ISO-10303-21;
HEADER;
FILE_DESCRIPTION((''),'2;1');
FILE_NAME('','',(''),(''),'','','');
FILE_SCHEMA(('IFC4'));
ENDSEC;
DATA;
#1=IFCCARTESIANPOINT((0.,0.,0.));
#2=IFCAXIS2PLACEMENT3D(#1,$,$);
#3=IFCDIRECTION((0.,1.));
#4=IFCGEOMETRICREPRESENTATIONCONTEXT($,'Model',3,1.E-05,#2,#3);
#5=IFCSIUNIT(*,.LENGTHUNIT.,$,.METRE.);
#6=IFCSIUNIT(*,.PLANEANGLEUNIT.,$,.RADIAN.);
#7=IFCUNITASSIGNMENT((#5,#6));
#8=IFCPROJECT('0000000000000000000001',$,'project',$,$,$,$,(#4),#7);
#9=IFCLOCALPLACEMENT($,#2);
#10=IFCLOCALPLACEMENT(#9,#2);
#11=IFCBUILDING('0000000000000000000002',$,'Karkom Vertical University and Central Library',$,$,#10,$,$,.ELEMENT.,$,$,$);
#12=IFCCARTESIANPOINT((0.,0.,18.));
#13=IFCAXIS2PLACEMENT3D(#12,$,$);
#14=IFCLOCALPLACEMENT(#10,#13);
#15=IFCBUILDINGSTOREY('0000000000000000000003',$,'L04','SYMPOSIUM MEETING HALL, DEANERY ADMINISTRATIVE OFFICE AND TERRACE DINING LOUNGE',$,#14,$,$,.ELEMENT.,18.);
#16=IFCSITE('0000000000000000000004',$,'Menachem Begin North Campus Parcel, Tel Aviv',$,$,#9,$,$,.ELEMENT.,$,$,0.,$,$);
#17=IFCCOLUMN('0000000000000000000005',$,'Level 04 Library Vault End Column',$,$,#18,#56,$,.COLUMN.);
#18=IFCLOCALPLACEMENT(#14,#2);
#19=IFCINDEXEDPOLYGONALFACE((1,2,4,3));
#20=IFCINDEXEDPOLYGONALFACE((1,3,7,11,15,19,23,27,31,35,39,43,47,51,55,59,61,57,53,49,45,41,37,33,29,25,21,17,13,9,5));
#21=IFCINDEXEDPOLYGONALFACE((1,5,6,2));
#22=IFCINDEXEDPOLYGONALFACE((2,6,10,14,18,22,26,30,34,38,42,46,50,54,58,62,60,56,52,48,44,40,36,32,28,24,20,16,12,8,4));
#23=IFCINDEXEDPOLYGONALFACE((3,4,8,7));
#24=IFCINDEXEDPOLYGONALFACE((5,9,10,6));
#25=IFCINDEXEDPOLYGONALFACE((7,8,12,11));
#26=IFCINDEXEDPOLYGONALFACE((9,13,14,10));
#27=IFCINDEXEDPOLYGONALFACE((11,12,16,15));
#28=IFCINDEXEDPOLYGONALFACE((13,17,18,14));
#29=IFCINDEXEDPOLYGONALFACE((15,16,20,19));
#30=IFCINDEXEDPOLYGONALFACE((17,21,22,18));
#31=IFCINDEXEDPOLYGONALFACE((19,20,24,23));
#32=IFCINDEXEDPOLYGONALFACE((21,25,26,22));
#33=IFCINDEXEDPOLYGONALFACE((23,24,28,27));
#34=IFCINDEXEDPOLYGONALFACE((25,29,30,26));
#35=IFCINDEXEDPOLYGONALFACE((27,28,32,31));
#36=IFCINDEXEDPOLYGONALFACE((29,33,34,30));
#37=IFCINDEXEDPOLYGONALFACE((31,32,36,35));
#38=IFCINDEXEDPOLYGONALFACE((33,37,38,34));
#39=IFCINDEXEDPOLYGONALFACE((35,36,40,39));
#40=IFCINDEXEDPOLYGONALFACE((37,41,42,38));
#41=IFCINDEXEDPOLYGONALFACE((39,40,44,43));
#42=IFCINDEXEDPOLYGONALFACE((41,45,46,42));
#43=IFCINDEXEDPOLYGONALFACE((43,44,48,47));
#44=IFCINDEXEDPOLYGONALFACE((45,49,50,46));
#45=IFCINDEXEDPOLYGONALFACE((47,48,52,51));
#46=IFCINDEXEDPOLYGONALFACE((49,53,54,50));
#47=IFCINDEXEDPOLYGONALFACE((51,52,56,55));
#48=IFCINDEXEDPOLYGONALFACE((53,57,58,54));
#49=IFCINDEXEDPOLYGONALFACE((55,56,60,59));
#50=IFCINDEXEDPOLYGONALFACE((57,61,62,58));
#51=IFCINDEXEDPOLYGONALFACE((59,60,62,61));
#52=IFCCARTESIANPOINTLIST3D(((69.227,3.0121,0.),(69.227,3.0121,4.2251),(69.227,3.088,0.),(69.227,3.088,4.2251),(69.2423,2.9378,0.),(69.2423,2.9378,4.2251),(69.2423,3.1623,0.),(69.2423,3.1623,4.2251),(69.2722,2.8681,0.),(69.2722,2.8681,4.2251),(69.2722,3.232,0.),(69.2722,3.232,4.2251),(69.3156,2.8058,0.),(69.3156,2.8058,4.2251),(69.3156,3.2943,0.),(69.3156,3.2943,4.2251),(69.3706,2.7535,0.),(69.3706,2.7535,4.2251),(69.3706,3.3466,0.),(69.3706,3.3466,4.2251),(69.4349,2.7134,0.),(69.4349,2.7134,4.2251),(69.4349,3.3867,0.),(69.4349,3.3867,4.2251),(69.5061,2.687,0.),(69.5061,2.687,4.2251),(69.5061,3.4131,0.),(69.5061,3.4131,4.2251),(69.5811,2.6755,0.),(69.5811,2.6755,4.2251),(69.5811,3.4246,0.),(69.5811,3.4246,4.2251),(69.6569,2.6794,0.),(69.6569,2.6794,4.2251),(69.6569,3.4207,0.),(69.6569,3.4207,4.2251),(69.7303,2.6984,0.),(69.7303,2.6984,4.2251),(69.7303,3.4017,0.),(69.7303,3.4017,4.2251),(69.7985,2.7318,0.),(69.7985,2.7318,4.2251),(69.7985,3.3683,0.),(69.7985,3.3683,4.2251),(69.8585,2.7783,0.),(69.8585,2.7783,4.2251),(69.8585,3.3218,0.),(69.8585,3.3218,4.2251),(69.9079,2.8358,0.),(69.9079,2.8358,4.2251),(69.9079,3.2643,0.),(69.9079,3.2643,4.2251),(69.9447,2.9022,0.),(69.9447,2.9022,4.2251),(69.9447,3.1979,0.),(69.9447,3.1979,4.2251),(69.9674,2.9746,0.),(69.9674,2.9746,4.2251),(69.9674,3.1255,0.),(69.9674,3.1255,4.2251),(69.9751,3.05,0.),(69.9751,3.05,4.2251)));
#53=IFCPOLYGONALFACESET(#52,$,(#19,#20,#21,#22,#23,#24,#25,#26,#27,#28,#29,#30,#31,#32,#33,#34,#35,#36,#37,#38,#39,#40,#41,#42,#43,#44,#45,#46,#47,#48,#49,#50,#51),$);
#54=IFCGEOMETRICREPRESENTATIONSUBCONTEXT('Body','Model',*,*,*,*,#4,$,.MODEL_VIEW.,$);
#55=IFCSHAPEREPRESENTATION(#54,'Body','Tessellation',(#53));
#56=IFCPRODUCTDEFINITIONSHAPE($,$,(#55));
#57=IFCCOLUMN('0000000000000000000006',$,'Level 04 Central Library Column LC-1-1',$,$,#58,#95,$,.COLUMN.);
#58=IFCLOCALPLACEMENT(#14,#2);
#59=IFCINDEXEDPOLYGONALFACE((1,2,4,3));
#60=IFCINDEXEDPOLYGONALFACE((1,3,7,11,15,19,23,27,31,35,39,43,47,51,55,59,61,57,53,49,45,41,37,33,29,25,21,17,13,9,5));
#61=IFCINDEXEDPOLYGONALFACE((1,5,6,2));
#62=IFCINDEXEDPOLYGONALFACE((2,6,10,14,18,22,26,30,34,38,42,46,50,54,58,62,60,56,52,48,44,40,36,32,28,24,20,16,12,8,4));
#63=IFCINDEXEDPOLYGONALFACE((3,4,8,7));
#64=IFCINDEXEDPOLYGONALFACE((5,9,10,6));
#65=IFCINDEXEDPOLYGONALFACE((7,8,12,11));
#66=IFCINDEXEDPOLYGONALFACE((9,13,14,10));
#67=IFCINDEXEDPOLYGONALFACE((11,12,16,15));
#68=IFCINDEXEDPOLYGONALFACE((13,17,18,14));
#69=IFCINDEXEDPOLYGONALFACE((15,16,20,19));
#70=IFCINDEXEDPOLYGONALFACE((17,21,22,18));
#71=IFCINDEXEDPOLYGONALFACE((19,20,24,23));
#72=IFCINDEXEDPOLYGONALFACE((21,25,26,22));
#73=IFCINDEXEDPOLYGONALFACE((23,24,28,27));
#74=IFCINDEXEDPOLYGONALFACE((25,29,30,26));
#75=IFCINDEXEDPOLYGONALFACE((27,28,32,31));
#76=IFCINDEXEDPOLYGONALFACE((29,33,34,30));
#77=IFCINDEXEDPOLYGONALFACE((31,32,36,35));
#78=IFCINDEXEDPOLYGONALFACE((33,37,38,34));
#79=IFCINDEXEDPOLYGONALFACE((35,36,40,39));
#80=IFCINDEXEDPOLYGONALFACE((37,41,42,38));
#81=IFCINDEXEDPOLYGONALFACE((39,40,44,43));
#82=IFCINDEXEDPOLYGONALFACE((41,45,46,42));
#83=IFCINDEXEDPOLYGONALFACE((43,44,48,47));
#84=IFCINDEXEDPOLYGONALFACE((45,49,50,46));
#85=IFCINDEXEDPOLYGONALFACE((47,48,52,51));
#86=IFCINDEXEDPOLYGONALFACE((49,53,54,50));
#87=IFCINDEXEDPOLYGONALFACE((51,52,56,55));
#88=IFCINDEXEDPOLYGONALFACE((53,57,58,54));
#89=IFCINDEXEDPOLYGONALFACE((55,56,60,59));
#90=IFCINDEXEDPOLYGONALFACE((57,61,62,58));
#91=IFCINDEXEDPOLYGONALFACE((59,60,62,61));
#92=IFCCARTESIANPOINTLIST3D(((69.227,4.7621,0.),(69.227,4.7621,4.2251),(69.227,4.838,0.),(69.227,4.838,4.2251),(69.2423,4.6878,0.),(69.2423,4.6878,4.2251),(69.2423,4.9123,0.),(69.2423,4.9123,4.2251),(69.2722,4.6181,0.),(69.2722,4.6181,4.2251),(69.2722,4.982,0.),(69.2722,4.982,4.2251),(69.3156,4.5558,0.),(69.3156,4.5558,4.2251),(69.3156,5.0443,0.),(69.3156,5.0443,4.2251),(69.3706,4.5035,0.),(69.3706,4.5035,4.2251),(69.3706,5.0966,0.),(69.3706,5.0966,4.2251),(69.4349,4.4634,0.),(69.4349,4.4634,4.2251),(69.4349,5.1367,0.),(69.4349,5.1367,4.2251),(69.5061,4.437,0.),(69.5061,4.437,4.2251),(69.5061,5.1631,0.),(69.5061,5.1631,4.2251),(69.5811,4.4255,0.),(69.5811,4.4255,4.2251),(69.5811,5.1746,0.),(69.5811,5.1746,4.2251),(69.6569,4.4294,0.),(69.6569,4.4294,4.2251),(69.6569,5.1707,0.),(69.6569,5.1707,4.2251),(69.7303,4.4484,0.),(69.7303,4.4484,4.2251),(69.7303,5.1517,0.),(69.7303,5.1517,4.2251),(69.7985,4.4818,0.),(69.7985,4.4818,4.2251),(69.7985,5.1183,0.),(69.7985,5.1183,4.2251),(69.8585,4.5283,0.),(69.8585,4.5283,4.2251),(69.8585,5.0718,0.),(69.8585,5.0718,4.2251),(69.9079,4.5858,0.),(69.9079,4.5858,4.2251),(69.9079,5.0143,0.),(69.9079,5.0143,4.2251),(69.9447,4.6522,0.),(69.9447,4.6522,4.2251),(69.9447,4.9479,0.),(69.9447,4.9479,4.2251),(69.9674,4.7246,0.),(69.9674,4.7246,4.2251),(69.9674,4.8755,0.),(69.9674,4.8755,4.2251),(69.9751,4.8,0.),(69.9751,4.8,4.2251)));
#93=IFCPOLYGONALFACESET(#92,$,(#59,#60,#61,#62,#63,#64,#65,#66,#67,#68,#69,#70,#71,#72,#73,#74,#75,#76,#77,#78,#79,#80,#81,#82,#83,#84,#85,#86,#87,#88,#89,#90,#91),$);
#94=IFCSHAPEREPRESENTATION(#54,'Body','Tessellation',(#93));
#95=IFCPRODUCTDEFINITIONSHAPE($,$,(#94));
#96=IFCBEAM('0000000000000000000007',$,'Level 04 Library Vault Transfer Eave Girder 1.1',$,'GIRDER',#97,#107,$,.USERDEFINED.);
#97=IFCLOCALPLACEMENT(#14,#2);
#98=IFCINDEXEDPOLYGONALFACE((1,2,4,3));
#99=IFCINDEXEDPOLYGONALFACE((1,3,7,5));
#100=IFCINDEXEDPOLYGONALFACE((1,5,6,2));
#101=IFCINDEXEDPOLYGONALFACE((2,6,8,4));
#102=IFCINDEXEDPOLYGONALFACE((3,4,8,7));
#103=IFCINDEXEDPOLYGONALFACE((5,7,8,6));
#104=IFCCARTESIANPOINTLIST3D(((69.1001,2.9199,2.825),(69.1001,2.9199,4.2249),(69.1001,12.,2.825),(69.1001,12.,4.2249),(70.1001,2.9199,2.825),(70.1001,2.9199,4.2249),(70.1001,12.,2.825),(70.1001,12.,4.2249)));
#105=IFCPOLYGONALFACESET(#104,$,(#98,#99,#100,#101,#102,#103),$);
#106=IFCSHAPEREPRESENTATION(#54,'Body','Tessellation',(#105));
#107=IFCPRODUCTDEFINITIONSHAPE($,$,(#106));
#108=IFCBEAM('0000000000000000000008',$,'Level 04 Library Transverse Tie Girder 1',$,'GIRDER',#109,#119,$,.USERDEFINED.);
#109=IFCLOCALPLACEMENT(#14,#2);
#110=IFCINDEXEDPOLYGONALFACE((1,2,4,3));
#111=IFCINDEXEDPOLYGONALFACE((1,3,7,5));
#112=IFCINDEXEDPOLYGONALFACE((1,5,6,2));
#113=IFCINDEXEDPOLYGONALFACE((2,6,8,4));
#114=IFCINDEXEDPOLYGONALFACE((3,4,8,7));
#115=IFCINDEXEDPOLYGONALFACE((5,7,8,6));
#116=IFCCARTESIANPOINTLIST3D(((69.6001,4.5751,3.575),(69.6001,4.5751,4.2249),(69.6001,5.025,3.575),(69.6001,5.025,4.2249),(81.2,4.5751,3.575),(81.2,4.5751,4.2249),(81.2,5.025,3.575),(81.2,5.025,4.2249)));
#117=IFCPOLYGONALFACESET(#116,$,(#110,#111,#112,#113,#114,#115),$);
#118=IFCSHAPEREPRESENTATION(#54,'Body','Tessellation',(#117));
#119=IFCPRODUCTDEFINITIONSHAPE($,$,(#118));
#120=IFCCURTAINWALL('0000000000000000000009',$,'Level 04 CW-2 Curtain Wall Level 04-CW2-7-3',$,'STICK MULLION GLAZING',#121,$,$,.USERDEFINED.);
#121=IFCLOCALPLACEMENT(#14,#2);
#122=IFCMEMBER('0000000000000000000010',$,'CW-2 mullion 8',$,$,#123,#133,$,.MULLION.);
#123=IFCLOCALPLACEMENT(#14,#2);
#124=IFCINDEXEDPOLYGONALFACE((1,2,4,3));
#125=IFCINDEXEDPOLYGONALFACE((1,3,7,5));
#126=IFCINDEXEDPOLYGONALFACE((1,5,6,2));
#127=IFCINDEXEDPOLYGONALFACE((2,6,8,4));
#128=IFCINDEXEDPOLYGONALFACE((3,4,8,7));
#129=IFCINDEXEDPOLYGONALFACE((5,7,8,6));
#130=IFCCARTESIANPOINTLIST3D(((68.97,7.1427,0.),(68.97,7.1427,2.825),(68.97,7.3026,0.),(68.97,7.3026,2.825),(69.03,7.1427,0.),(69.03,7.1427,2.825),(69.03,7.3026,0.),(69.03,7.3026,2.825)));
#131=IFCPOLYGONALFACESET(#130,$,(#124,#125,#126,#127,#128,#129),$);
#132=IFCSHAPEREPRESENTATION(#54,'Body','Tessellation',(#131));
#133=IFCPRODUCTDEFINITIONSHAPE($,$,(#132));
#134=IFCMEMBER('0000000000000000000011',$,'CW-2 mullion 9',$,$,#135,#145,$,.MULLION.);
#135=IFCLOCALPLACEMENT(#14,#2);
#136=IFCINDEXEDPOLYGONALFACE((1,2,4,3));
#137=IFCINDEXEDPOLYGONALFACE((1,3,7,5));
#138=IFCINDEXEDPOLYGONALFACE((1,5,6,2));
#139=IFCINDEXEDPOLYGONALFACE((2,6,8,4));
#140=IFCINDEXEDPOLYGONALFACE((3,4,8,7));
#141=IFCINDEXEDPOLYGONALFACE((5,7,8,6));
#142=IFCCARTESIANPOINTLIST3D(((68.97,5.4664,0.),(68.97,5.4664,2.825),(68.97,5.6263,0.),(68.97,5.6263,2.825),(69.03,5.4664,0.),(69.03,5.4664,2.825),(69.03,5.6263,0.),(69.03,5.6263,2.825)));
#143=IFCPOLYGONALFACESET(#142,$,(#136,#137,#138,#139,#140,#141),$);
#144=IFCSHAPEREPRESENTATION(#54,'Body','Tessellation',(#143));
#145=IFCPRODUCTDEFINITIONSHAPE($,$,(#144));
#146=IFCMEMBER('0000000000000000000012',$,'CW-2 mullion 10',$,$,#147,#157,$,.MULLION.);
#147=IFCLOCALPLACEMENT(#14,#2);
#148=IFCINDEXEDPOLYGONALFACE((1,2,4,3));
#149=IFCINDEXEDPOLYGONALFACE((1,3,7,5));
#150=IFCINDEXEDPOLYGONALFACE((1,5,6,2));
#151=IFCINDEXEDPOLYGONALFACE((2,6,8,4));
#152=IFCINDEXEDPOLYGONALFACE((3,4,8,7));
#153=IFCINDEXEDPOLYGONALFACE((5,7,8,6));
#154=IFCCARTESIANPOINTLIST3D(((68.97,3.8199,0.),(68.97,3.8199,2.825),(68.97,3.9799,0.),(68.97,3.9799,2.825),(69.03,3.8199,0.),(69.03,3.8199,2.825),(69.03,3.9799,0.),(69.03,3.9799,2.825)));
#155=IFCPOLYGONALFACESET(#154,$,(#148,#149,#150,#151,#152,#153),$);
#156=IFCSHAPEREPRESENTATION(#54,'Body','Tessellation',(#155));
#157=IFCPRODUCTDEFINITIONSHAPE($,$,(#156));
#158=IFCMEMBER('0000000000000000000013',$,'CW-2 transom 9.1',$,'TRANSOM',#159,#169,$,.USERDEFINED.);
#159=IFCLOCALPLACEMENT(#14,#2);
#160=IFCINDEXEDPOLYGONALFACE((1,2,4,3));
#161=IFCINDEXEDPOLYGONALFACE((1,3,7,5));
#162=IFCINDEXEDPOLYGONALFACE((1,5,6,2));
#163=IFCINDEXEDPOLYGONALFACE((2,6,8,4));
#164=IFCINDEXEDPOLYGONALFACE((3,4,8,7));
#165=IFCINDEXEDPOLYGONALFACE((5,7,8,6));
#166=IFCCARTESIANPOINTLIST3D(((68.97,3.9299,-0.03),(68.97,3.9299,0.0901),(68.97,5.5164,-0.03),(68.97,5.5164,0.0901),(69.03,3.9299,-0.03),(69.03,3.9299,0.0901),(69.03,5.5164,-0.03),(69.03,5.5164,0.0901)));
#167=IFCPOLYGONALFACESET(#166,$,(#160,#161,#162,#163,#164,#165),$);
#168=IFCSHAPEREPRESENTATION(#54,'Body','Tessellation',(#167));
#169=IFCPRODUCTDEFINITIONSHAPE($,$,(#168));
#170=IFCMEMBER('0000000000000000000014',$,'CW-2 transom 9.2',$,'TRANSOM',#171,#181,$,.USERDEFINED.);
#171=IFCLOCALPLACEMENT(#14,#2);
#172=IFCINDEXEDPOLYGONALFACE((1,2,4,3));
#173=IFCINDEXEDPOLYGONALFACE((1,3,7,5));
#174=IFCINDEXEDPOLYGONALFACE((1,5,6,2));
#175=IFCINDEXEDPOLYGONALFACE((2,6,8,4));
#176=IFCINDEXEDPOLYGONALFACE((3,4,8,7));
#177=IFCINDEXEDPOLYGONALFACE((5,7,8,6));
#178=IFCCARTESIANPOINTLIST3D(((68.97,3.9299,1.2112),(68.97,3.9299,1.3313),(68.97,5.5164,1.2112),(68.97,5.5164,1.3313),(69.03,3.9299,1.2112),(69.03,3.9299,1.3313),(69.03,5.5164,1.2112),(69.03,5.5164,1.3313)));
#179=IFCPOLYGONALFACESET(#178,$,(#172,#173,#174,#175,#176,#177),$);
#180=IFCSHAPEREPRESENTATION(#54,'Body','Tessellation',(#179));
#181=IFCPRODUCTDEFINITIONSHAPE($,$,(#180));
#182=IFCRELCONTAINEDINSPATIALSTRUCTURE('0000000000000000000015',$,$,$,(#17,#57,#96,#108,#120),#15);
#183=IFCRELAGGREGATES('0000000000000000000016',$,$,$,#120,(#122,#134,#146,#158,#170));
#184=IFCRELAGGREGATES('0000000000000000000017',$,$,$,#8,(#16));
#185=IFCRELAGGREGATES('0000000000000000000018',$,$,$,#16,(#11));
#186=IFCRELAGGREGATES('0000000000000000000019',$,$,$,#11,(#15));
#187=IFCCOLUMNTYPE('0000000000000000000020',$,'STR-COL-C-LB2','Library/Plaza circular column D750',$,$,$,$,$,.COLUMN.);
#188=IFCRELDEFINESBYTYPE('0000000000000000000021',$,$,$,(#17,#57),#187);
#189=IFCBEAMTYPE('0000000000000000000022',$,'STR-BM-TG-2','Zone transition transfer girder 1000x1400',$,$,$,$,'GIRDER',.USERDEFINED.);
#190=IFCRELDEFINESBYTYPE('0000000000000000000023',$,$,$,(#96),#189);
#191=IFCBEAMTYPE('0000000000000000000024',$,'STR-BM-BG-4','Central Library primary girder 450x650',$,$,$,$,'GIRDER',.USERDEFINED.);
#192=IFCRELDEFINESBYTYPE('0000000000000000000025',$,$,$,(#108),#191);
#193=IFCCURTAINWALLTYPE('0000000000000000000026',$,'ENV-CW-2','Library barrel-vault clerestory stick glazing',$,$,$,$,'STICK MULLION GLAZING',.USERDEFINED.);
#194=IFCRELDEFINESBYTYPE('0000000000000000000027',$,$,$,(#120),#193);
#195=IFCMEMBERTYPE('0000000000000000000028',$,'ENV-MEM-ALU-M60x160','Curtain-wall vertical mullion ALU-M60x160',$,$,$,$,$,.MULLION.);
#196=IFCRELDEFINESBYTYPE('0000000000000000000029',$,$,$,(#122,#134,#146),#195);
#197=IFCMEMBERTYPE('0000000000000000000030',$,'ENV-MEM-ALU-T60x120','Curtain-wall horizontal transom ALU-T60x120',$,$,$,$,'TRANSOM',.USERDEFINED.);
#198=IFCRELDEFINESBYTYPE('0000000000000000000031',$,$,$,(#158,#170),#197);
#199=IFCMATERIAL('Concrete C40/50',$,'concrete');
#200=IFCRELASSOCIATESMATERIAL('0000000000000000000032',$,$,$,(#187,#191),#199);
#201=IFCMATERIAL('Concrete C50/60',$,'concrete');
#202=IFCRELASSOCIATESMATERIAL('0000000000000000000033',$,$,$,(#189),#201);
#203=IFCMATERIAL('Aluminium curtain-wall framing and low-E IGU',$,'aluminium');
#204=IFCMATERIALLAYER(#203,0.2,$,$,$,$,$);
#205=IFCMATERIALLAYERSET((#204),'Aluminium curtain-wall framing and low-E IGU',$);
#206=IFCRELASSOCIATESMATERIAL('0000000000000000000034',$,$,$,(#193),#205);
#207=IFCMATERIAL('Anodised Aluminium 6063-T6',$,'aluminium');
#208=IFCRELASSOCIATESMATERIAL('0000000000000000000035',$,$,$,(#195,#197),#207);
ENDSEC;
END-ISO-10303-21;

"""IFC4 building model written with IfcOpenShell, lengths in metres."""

from ifc_helpers import new_model, si_unit, direction, frame, origin, origin_with_axes, origin_2d, place, context, subcontext, project, spatial, rectangle, circle, extrude, source, transform, mapped, material, layer, layer_set, material_profile, profile_set, type_object, element, aggregate, save


model = new_model("IFC4")

# Units and contexts
model_context = context("Model", 3, precision=1e-05, world=origin(), true_north=direction((0.0, 1.0)))
body_context = subcontext(model_context, "Body", "Model", "MODEL_VIEW")
ifc_project = project(units=[si_unit("LENGTHUNIT", "METRE"), si_unit("PLANEANGLEUNIT", "RADIAN")], contexts=[model_context])

# Site, building, storey
site_placement = place(None, origin())
site = spatial("IfcSite", under=ifc_project, at=site_placement, Name="Menachem Begin North Campus Parcel, Tel Aviv", CompositionType="ELEMENT", RefElevation=0.0)
building_placement = place(site_placement, origin())
building = spatial("IfcBuilding", under=site, at=building_placement, Name="Karkom Vertical University and Central Library", CompositionType="ELEMENT")
storey_placement = place(building_placement, frame((0.0, 0.0, 18.0)))
storey = spatial("IfcBuildingStorey", under=building, at=storey_placement, Name="L04", Description="SYMPOSIUM MEETING HALL, DEANERY ADMINISTRATIVE OFFICE AND TERRACE DINING LOUNGE", CompositionType="ELEMENT", Elevation=18.0)

# Columns
ifc_material_1 = material(Name="Concrete C40/50", Category="concrete")
ifc_material_profile_1 = material_profile(ifc_material_1, circle(Radius=0.375, at=origin_2d()), Name="RC-D750")
ifc_profile_set_1 = profile_set([ifc_material_profile_1], Name="Concrete C40/50")
column_type = type_object("IfcColumnType", Name="STR-COL-C-LB2", Description="Library/Plaza circular column D750", PredefinedType="COLUMN", material=ifc_profile_set_1)
shared_shape_1 = source(origin_with_axes(), body_context, "Body", "SweptSolid", [
    extrude(circle(Radius=0.375, at=origin_2d()), origin(), (0.0, 0.0, 1.0), 4.2251),
])
for number, where, z_axis, x_axis, name in (
    (1, (69.6001, 3.05, 0.0), (0.0, 0.0, 1.0), (1.0, 0.0, 0.0), "Level 04 Library Vault End Column"),
    (2, (69.6001, 4.8, 0.0), (0.0, 0.0, 1.0), (1.0, 0.0, 0.0), "Level 04 Central Library Column LC-1-1"),
):
    element("IfcColumn", number, at=place(storey_placement, frame(where, z_axis=z_axis, x_axis=x_axis)), inside=storey, type_object=column_type, Name=name, PredefinedType="COLUMN", context=body_context, shape_type="MappedRepresentation", body=[
        mapped(shared_shape_1, transform((0.0, 0.0, 0.0), scale=1.0)),
    ])

# Beams
ifc_material_2 = material(Name="Concrete C50/60", Category="concrete")
ifc_material_profile_2 = material_profile(ifc_material_2, rectangle(XDim=1.0, YDim=1.3999, at=origin_2d()), Name="TG-1000x1400")
ifc_profile_set_2 = profile_set([ifc_material_profile_2], Name="Concrete C50/60")
beam_type_1 = type_object("IfcBeamType", Name="STR-BM-TG-2", Description="Zone transition transfer girder 1000x1400", ElementType="GIRDER", PredefinedType="USERDEFINED", material=ifc_profile_set_2)
shared_shape_2 = source(origin_with_axes(), body_context, "Body", "SweptSolid", [
    extrude(rectangle(XDim=1.0, YDim=1.3999, at=origin_2d()), origin(), (0.0, 0.0, 1.0), 9.0801),
])
beam_1_placement = place(storey_placement, frame((69.6001, 2.9199, 3.5249), z_axis=(0.0, 1.0, 0.0), x_axis=(-1.0, 0.0, 0.0)))
element("IfcBeam", 3, at=beam_1_placement, inside=storey, type_object=beam_type_1, Name="Level 04 Library Vault Transfer Eave Girder 1.1", ObjectType="GIRDER", PredefinedType="USERDEFINED", context=body_context, shape_type="MappedRepresentation", body=[
    mapped(shared_shape_2, transform((0.0, 0.0, 0.0), scale=1.0)),
])
ifc_material_profile_3 = material_profile(ifc_material_1, rectangle(XDim=0.45, YDim=0.6499, at=origin_2d()), Name="RCB-450x650")
ifc_profile_set_3 = profile_set([ifc_material_profile_3], Name="Concrete C40/50")
beam_type_2 = type_object("IfcBeamType", Name="STR-BM-BG-4", Description="Central Library primary girder 450x650", ElementType="GIRDER", PredefinedType="USERDEFINED", material=ifc_profile_set_3)
shared_shape_3 = source(origin_with_axes(), body_context, "Body", "SweptSolid", [
    extrude(rectangle(XDim=0.45, YDim=0.6499, at=origin_2d()), origin(), (0.0, 0.0, 1.0), 11.5999),
])
beam_2_placement = place(storey_placement, frame((69.6001, 4.8, 3.8999), z_axis=(1.0, 0.0, 0.0), x_axis=(0.0, 1.0, 0.0)))
element("IfcBeam", 4, at=beam_2_placement, inside=storey, type_object=beam_type_2, Name="Level 04 Library Transverse Tie Girder 1", ObjectType="GIRDER", PredefinedType="USERDEFINED", context=body_context, shape_type="MappedRepresentation", body=[
    mapped(shared_shape_3, transform((0.0, 0.0, 0.0), scale=1.0)),
])

# Curtain wall, members
ifc_material_3 = material(Name="Aluminium curtain-wall framing and low-E IGU", Category="aluminium")
ifc_layer_1 = layer(ifc_material_3, 0.2)
ifc_layer_set_1 = layer_set([ifc_layer_1], Name="Aluminium curtain-wall framing and low-E IGU")
curtain_wall_type = type_object("IfcCurtainWallType", Name="ENV-CW-2", Description="Library barrel-vault clerestory stick glazing", ElementType="STICK MULLION GLAZING", PredefinedType="USERDEFINED", material=ifc_layer_set_1)
curtain_wall_placement = place(storey_placement, origin())
curtain_wall = element("IfcCurtainWall", 5, at=curtain_wall_placement, inside=storey, type_object=curtain_wall_type, Name="Level 04 CW-2 Curtain Wall Level 04-CW2-7-3", ObjectType="STICK MULLION GLAZING", PredefinedType="USERDEFINED")
ifc_material_4 = material(Name="Anodised Aluminium 6063-T6", Category="aluminium")
ifc_material_profile_4 = material_profile(ifc_material_4, rectangle(XDim=0.0601, YDim=0.1599, at=origin_2d()), Name="ALU-M60x160")
ifc_profile_set_4 = profile_set([ifc_material_profile_4], Name="Anodised Aluminium 6063-T6")
member_type_1 = type_object("IfcMemberType", Name="ENV-MEM-ALU-M60x160", Description="Curtain-wall vertical mullion ALU-M60x160", PredefinedType="MULLION", material=ifc_profile_set_4)
shared_shape_4 = source(origin_with_axes(), body_context, "Body", "SweptSolid", [
    extrude(rectangle(XDim=0.0601, YDim=0.1599, at=origin_2d()), origin(), (0.0, 0.0, 1.0), 2.825),
])
member_1_placement = place(storey_placement, frame((69.0, 7.2227, 0.0), z_axis=(0.0, 0.0, 1.0), x_axis=(1.0, 0.0, 0.0)))
member_1 = element("IfcMember", 6, at=member_1_placement, type_object=member_type_1, Name="CW-2 mullion 8", PredefinedType="MULLION", context=body_context, shape_type="MappedRepresentation", body=[
    mapped(shared_shape_4, transform((0.0, 0.0, 0.0), scale=1.0)),
])
member_2_placement = place(storey_placement, frame((69.0, 5.5464, 0.0), z_axis=(0.0, 0.0, 1.0), x_axis=(1.0, 0.0, 0.0)))
member_2 = element("IfcMember", 7, at=member_2_placement, type_object=member_type_1, Name="CW-2 mullion 9", PredefinedType="MULLION", context=body_context, shape_type="MappedRepresentation", body=[
    mapped(shared_shape_4, transform((0.0, 0.0, 0.0), scale=1.0)),
])
member_3_placement = place(storey_placement, frame((69.0, 3.8999, 0.0), z_axis=(0.0, 0.0, 1.0), x_axis=(1.0, 0.0, 0.0)))
member_3 = element("IfcMember", 8, at=member_3_placement, type_object=member_type_1, Name="CW-2 mullion 10", PredefinedType="MULLION", context=body_context, shape_type="MappedRepresentation", body=[
    mapped(shared_shape_4, transform((0.0, 0.0, 0.0), scale=1.0)),
])
ifc_material_profile_5 = material_profile(ifc_material_4, rectangle(XDim=0.0601, YDim=0.1201, at=origin_2d()), Name="ALU-T60x120")
ifc_profile_set_5 = profile_set([ifc_material_profile_5], Name="Anodised Aluminium 6063-T6")
member_type_2 = type_object("IfcMemberType", Name="ENV-MEM-ALU-T60x120", Description="Curtain-wall horizontal transom ALU-T60x120", ElementType="TRANSOM", PredefinedType="USERDEFINED", material=ifc_profile_set_5)
shared_shape_5 = source(origin_with_axes(), body_context, "Body", "SweptSolid", [
    extrude(rectangle(XDim=0.0601, YDim=0.1201, at=origin_2d()), origin(), (0.0, 0.0, 1.0), 1.5864),
])
member_4_placement = place(storey_placement, frame((69.0, 5.5164, 0.03), z_axis=(0.0, -1.0, 0.0), x_axis=(1.0, 0.0, 0.0)))
member_4 = element("IfcMember", 9, at=member_4_placement, type_object=member_type_2, Name="CW-2 transom 9.1", ObjectType="TRANSOM", PredefinedType="USERDEFINED", context=body_context, shape_type="MappedRepresentation", body=[
    mapped(shared_shape_5, transform((0.0, 0.0, 0.0), scale=1.0)),
])
member_5_placement = place(storey_placement, frame((69.0, 5.5164, 1.2712), z_axis=(0.0, -1.0, 0.0), x_axis=(1.0, 0.0, 0.0)))
member_5 = element("IfcMember", 10, at=member_5_placement, type_object=member_type_2, Name="CW-2 transom 9.2", ObjectType="TRANSOM", PredefinedType="USERDEFINED", context=body_context, shape_type="MappedRepresentation", body=[
    mapped(shared_shape_5, transform((0.0, 0.0, 0.0), scale=1.0)),
])
aggregate(curtain_wall, [member_1, member_2, member_3, member_4, member_5])

save(model, "model.ifc")
